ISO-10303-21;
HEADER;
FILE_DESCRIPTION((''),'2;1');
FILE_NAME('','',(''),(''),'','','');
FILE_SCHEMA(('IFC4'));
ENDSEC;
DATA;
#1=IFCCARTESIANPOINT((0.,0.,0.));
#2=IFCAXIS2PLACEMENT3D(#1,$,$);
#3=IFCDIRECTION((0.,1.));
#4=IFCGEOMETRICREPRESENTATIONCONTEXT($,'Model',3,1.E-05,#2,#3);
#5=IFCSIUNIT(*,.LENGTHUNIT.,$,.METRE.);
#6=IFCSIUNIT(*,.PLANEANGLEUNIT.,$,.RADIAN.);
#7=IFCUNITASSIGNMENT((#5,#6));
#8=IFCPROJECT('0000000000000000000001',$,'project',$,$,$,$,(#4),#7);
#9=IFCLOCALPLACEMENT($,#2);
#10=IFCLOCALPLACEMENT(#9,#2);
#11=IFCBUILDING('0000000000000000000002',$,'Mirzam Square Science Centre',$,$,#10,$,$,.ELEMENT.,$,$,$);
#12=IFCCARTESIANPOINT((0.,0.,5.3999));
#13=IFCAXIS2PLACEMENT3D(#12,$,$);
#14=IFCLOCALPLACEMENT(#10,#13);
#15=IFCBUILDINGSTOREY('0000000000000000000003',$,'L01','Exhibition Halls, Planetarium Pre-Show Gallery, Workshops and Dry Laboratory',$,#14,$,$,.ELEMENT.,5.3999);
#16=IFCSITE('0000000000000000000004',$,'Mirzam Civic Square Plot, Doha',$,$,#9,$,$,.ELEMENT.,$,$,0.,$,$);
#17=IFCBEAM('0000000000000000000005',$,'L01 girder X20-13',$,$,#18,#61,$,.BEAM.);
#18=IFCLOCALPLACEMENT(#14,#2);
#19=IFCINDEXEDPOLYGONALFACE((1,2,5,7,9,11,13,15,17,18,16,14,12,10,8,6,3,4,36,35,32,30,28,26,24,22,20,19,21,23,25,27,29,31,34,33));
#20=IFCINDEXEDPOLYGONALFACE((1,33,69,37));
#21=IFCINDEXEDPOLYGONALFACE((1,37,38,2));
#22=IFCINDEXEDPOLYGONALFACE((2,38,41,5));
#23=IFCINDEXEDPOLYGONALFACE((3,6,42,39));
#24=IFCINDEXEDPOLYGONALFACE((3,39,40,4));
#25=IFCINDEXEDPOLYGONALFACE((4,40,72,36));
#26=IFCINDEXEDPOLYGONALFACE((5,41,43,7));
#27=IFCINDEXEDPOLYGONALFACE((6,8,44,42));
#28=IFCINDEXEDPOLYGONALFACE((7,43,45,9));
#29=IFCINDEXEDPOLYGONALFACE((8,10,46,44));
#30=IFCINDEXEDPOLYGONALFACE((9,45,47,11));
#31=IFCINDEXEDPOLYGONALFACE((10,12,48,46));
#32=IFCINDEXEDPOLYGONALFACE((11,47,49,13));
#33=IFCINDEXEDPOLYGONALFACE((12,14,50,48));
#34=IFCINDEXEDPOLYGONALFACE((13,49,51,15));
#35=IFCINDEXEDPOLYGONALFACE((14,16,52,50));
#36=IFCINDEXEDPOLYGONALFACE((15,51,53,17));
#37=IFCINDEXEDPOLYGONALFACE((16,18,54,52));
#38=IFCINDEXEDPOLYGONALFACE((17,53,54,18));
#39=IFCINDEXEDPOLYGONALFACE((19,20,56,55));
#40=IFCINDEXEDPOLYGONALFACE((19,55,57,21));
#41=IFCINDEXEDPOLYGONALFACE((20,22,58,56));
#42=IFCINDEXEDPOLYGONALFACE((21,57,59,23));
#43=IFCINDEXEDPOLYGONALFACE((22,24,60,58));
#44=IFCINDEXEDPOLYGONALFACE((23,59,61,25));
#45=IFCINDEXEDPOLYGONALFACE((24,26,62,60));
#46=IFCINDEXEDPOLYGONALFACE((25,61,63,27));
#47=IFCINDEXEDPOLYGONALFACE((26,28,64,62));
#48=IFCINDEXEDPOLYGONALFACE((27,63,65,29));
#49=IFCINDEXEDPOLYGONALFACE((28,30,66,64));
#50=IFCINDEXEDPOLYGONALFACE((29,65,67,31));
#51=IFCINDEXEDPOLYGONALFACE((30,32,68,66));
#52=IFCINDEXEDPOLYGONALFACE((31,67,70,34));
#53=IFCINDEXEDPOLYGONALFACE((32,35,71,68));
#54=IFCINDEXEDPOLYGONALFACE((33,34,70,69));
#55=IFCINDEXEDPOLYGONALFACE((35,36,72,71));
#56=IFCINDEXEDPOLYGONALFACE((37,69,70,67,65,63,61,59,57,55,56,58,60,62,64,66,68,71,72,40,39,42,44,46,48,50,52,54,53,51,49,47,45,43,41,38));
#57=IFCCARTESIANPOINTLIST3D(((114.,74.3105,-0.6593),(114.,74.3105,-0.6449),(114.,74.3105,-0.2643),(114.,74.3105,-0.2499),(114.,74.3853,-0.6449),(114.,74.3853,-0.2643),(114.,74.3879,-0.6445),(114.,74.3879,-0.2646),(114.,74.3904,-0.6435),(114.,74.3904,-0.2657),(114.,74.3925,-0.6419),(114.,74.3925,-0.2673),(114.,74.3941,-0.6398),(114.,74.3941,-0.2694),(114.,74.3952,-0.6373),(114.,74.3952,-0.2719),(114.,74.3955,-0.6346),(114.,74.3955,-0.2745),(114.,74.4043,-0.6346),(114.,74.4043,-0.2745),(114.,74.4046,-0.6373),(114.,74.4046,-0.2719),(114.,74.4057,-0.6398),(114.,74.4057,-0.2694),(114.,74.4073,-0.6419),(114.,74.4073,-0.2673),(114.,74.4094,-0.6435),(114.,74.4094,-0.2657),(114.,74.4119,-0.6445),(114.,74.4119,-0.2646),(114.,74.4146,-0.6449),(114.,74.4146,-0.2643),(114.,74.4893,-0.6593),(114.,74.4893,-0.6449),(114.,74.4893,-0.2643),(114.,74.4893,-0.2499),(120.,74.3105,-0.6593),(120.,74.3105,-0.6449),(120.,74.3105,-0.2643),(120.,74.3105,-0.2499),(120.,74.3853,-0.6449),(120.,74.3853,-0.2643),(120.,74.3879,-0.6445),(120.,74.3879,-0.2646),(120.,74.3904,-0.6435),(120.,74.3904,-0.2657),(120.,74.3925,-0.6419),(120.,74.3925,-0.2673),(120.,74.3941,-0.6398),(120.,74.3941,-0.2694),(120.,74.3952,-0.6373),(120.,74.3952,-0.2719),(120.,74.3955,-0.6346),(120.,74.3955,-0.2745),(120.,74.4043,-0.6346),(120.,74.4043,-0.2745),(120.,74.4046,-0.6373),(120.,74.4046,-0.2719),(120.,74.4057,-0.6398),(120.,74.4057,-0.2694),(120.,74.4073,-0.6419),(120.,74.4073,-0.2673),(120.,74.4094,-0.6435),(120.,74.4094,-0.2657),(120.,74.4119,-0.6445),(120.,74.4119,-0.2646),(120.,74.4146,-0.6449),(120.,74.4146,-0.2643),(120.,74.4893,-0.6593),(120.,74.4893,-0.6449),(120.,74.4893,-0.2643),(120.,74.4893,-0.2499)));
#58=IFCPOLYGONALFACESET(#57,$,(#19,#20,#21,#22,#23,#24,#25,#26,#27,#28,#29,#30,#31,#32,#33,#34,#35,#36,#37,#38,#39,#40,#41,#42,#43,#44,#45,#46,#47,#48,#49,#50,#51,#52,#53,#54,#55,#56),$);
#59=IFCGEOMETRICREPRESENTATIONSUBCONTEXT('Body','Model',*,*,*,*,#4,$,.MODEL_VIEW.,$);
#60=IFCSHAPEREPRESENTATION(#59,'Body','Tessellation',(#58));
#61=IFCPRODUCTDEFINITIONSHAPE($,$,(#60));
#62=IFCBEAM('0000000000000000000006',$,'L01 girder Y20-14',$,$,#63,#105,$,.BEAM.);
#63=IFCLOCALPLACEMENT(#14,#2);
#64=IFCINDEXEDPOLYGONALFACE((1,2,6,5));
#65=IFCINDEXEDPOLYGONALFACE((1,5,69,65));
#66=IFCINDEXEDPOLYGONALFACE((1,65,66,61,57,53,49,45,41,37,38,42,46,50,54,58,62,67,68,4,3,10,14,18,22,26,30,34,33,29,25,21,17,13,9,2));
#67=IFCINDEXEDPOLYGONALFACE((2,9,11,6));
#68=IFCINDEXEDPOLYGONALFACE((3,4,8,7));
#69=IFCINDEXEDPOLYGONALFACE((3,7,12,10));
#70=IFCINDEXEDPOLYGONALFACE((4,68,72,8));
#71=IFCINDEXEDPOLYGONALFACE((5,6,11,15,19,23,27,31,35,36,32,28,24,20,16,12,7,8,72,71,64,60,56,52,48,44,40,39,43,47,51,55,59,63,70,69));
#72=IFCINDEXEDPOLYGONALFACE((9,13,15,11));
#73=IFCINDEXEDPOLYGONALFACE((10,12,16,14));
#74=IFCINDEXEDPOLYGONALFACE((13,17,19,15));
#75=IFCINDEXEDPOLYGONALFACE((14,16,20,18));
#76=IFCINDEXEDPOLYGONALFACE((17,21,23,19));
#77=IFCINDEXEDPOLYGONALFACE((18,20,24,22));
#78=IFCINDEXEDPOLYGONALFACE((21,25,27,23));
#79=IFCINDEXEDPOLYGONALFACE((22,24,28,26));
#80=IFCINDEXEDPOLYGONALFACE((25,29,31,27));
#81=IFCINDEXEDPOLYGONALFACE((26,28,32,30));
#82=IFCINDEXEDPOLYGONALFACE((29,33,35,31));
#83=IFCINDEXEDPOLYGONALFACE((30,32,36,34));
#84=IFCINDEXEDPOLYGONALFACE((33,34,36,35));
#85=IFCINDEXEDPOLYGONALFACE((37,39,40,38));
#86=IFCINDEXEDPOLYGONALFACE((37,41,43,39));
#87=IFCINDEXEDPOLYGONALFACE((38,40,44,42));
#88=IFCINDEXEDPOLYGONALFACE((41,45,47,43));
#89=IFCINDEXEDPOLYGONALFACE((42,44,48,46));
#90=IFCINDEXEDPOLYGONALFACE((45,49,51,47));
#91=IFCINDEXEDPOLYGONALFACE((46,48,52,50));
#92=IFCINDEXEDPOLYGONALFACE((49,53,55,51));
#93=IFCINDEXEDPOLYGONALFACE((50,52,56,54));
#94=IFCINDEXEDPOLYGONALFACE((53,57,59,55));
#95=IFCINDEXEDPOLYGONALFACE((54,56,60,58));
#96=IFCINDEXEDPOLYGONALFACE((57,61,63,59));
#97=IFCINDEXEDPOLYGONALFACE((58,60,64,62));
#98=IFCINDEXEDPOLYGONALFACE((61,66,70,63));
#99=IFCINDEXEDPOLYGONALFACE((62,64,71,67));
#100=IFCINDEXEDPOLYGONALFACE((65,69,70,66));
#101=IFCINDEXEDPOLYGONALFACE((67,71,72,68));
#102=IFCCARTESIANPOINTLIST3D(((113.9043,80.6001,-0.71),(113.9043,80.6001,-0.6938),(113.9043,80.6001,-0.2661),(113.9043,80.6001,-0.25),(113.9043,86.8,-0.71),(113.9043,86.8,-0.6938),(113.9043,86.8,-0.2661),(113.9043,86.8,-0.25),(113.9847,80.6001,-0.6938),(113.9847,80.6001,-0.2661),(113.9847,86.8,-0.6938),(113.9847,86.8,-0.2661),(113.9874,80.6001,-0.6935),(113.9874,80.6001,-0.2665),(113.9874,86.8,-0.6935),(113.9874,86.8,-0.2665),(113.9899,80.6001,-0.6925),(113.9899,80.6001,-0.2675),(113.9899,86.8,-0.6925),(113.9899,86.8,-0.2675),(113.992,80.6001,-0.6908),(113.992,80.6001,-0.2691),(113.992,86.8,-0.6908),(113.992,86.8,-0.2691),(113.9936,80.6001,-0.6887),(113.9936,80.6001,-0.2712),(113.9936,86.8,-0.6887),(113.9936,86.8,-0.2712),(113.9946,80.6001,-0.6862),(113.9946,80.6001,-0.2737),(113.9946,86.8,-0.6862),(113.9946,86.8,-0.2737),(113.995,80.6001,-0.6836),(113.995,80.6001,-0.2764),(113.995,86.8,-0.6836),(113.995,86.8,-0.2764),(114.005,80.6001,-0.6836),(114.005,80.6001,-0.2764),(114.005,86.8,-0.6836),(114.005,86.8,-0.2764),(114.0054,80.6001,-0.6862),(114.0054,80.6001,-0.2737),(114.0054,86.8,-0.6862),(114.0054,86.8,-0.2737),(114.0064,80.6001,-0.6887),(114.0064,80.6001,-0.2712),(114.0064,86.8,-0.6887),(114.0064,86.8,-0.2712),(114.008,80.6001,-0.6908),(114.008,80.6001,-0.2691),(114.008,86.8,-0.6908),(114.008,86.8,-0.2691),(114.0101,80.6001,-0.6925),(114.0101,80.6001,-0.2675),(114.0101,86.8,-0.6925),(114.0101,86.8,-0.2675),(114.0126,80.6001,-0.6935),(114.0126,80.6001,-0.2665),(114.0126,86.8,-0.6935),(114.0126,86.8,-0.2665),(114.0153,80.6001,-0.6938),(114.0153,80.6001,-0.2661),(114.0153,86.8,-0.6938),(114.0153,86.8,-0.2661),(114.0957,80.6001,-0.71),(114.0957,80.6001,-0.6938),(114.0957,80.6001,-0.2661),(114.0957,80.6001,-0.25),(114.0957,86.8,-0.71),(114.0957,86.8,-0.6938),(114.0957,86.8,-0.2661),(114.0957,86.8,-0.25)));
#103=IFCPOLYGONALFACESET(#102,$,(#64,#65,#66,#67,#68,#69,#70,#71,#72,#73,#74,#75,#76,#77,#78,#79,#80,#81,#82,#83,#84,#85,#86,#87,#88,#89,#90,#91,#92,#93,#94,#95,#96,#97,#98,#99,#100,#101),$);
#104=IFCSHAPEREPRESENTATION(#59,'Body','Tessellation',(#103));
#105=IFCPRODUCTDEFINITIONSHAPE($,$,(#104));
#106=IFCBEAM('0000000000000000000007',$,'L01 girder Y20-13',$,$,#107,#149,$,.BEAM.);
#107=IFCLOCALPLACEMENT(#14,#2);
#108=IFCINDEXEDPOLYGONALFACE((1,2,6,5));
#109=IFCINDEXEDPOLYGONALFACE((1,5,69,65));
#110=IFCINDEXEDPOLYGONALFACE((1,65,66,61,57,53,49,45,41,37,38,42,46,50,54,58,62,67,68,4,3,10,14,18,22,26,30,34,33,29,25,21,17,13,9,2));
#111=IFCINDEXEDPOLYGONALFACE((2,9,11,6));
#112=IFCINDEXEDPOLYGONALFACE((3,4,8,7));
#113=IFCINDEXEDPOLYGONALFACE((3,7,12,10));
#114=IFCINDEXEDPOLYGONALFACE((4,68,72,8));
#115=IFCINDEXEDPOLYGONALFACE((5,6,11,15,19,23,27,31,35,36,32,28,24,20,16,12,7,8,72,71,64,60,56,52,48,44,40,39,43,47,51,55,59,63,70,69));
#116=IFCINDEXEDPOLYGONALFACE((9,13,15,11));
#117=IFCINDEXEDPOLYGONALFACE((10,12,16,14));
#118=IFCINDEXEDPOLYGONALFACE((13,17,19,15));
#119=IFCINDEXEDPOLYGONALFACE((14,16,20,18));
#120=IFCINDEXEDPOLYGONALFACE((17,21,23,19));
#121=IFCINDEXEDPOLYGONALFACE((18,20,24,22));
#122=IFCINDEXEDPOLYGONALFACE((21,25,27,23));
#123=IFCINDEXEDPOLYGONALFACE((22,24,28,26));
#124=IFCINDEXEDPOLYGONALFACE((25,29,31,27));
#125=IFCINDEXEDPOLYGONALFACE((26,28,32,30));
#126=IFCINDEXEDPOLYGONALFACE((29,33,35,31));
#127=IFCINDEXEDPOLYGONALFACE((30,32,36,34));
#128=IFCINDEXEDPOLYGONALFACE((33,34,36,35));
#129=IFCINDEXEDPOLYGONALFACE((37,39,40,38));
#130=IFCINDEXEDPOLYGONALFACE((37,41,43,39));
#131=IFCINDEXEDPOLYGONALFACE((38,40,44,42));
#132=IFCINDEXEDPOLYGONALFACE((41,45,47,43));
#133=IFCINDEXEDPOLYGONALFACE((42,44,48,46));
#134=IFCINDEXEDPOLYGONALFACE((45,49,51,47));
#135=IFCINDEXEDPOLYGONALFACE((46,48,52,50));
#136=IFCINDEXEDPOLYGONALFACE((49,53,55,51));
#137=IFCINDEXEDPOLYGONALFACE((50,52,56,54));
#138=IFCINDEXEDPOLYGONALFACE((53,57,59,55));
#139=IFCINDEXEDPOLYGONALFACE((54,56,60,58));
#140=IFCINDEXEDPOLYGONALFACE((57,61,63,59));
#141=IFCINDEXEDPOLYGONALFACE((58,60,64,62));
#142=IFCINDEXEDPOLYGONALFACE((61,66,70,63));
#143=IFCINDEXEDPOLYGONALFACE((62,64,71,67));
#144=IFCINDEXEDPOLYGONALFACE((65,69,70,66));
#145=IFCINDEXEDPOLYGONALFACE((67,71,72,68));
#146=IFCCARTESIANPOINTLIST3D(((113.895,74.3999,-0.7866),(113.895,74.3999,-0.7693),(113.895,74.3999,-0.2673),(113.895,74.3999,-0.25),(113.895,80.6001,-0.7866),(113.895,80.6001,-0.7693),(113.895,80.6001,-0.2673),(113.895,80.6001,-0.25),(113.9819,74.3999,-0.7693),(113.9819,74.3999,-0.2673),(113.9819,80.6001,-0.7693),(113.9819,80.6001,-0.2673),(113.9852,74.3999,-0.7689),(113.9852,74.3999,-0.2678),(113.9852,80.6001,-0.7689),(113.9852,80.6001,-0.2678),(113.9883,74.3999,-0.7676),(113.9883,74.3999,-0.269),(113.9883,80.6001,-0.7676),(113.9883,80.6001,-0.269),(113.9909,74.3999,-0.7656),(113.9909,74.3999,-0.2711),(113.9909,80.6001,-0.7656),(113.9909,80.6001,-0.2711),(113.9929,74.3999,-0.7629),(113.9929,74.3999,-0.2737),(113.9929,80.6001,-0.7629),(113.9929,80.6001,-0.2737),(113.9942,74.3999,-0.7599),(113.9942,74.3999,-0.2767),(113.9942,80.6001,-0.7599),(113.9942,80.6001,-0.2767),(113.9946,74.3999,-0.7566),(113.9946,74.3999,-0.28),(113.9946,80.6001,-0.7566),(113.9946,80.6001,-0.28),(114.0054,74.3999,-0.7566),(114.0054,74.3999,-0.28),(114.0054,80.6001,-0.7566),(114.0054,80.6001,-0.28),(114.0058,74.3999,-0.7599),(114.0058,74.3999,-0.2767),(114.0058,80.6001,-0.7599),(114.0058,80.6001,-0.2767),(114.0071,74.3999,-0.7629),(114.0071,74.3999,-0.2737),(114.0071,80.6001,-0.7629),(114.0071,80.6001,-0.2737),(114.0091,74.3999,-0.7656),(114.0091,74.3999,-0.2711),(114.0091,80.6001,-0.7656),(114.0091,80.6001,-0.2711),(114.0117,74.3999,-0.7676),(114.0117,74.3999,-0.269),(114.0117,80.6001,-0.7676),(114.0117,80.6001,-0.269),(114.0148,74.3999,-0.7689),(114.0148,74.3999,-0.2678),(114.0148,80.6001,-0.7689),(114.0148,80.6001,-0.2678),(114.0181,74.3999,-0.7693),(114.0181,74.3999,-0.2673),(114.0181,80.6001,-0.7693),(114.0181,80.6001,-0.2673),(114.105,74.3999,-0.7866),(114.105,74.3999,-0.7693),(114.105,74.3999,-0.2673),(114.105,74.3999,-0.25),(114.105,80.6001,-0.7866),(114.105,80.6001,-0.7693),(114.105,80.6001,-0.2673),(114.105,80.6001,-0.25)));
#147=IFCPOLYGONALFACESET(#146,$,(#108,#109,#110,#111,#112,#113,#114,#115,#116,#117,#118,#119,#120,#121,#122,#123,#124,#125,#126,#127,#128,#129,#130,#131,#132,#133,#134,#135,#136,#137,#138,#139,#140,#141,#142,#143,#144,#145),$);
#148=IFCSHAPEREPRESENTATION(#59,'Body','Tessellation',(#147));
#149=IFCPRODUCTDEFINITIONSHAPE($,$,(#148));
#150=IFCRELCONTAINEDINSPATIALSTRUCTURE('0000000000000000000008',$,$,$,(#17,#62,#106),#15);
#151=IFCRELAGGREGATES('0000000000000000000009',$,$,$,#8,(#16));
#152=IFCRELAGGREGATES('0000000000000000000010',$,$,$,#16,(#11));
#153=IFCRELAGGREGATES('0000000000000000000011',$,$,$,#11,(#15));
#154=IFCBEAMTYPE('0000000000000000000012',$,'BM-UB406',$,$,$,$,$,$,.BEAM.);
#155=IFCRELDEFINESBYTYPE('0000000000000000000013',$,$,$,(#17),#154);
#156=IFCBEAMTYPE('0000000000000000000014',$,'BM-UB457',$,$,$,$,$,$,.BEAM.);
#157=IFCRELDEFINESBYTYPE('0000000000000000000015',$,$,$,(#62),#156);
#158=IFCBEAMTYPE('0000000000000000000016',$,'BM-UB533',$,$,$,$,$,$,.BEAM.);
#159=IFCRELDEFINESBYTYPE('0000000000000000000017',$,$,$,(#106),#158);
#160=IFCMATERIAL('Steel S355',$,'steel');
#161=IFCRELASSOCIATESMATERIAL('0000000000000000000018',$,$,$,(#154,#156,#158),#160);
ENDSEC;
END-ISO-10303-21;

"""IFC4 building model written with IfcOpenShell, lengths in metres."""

from ifc_helpers import new_model, si_unit, direction, frame, origin, origin_2d, place, context, subcontext, project, spatial, i_section, extrude, material, material_profile, profile_set, type_object, element, save


model = new_model("IFC4")

# Units and contexts
model_context = context("Model", 3, precision=1e-05, world=origin(), true_north=direction((0.0, 1.0)))
body_context = subcontext(model_context, "Body", "Model", "MODEL_VIEW")
ifc_project = project(units=[si_unit("LENGTHUNIT", "METRE"), si_unit("PLANEANGLEUNIT", "RADIAN")], contexts=[model_context])

# Site, building, storey
site_placement = place(None, origin())
site = spatial("IfcSite", under=ifc_project, at=site_placement, Name="Mirzam Civic Square Plot, Doha", CompositionType="ELEMENT", RefElevation=0.0)
building_placement = place(site_placement, origin())
building = spatial("IfcBuilding", under=site, at=building_placement, Name="Mirzam Square Science Centre", CompositionType="ELEMENT")
storey_placement = place(building_placement, frame((0.0, 0.0, 5.3999)))
storey = spatial("IfcBuildingStorey", under=building, at=storey_placement, Name="L01", Description="Exhibition Halls, Planetarium Pre-Show Gallery, Workshops and Dry Laboratory", CompositionType="ELEMENT", Elevation=5.3999)

# Shared definitions
ifc_material_1 = material(Name="Steel S355", Category="steel")

# Beams
ifc_material_profile_1 = material_profile(ifc_material_1, i_section(OverallWidth=0.1787, OverallDepth=0.4094, WebThickness=0.0088, FlangeThickness=0.0144, FilletRadius=0.0103, at=origin_2d()), Name="406x178x67UB")
ifc_profile_set_1 = profile_set([ifc_material_profile_1], Name="Steel S355")
beam_type_1 = type_object("IfcBeamType", Name="BM-UB406", PredefinedType="BEAM", material=ifc_profile_set_1)
beam_1_placement = place(storey_placement, frame((114.0, 74.3999, -0.4546), z_axis=(1.0, 0.0, 0.0), x_axis=(0.0, 1.0, 0.0)))
element("IfcBeam", 1, at=beam_1_placement, inside=storey, type_object=beam_type_1, Name="L01 girder X20-13", PredefinedType="BEAM", context=body_context, shape_type="SweptSolid", body=[
    extrude(i_section(OverallWidth=0.1787, OverallDepth=0.4094, WebThickness=0.0088, FlangeThickness=0.0144, FilletRadius=0.0103, at=origin_2d()), origin(), (0.0, 0.0, 1.0), 6.0),
])
ifc_material_profile_2 = material_profile(ifc_material_1, i_section(OverallWidth=0.1914, OverallDepth=0.46, WebThickness=0.01, FlangeThickness=0.0161, FilletRadius=0.0103, at=origin_2d()), Name="457x191x82UB")
ifc_profile_set_2 = profile_set([ifc_material_profile_2], Name="Steel S355")
beam_type_2 = type_object("IfcBeamType", Name="BM-UB457", PredefinedType="BEAM", material=ifc_profile_set_2)
beam_2_placement = place(storey_placement, frame((114.0, 80.6001, -0.48), z_axis=(0.0, 1.0, 0.0), x_axis=(-1.0, 0.0, 0.0)))
element("IfcBeam", 2, at=beam_2_placement, inside=storey, type_object=beam_type_2, Name="L01 girder Y20-14", PredefinedType="BEAM", context=body_context, shape_type="SweptSolid", body=[
    extrude(i_section(OverallWidth=0.1914, OverallDepth=0.46, WebThickness=0.01, FlangeThickness=0.0161, FilletRadius=0.0103, at=origin_2d()), origin(), (0.0, 0.0, 1.0), 6.2),
])
ifc_material_profile_3 = material_profile(ifc_material_1, i_section(OverallWidth=0.21, OverallDepth=0.5366, WebThickness=0.0107, FlangeThickness=0.0173, FilletRadius=0.0127, at=origin_2d()), Name="533x210x101UB")
ifc_profile_set_3 = profile_set([ifc_material_profile_3], Name="Steel S355")
beam_type_3 = type_object("IfcBeamType", Name="BM-UB533", PredefinedType="BEAM", material=ifc_profile_set_3)
beam_3_placement = place(storey_placement, frame((114.0, 74.3999, -0.5183), z_axis=(0.0, 1.0, 0.0), x_axis=(-1.0, 0.0, 0.0)))
element("IfcBeam", 3, at=beam_3_placement, inside=storey, type_object=beam_type_3, Name="L01 girder Y20-13", PredefinedType="BEAM", context=body_context, shape_type="SweptSolid", body=[
    extrude(i_section(OverallWidth=0.21, OverallDepth=0.5366, WebThickness=0.0107, FlangeThickness=0.0173, FilletRadius=0.0127, at=origin_2d()), origin(), (0.0, 0.0, 1.0), 6.2002),
])

save(model, "model.ifc")
